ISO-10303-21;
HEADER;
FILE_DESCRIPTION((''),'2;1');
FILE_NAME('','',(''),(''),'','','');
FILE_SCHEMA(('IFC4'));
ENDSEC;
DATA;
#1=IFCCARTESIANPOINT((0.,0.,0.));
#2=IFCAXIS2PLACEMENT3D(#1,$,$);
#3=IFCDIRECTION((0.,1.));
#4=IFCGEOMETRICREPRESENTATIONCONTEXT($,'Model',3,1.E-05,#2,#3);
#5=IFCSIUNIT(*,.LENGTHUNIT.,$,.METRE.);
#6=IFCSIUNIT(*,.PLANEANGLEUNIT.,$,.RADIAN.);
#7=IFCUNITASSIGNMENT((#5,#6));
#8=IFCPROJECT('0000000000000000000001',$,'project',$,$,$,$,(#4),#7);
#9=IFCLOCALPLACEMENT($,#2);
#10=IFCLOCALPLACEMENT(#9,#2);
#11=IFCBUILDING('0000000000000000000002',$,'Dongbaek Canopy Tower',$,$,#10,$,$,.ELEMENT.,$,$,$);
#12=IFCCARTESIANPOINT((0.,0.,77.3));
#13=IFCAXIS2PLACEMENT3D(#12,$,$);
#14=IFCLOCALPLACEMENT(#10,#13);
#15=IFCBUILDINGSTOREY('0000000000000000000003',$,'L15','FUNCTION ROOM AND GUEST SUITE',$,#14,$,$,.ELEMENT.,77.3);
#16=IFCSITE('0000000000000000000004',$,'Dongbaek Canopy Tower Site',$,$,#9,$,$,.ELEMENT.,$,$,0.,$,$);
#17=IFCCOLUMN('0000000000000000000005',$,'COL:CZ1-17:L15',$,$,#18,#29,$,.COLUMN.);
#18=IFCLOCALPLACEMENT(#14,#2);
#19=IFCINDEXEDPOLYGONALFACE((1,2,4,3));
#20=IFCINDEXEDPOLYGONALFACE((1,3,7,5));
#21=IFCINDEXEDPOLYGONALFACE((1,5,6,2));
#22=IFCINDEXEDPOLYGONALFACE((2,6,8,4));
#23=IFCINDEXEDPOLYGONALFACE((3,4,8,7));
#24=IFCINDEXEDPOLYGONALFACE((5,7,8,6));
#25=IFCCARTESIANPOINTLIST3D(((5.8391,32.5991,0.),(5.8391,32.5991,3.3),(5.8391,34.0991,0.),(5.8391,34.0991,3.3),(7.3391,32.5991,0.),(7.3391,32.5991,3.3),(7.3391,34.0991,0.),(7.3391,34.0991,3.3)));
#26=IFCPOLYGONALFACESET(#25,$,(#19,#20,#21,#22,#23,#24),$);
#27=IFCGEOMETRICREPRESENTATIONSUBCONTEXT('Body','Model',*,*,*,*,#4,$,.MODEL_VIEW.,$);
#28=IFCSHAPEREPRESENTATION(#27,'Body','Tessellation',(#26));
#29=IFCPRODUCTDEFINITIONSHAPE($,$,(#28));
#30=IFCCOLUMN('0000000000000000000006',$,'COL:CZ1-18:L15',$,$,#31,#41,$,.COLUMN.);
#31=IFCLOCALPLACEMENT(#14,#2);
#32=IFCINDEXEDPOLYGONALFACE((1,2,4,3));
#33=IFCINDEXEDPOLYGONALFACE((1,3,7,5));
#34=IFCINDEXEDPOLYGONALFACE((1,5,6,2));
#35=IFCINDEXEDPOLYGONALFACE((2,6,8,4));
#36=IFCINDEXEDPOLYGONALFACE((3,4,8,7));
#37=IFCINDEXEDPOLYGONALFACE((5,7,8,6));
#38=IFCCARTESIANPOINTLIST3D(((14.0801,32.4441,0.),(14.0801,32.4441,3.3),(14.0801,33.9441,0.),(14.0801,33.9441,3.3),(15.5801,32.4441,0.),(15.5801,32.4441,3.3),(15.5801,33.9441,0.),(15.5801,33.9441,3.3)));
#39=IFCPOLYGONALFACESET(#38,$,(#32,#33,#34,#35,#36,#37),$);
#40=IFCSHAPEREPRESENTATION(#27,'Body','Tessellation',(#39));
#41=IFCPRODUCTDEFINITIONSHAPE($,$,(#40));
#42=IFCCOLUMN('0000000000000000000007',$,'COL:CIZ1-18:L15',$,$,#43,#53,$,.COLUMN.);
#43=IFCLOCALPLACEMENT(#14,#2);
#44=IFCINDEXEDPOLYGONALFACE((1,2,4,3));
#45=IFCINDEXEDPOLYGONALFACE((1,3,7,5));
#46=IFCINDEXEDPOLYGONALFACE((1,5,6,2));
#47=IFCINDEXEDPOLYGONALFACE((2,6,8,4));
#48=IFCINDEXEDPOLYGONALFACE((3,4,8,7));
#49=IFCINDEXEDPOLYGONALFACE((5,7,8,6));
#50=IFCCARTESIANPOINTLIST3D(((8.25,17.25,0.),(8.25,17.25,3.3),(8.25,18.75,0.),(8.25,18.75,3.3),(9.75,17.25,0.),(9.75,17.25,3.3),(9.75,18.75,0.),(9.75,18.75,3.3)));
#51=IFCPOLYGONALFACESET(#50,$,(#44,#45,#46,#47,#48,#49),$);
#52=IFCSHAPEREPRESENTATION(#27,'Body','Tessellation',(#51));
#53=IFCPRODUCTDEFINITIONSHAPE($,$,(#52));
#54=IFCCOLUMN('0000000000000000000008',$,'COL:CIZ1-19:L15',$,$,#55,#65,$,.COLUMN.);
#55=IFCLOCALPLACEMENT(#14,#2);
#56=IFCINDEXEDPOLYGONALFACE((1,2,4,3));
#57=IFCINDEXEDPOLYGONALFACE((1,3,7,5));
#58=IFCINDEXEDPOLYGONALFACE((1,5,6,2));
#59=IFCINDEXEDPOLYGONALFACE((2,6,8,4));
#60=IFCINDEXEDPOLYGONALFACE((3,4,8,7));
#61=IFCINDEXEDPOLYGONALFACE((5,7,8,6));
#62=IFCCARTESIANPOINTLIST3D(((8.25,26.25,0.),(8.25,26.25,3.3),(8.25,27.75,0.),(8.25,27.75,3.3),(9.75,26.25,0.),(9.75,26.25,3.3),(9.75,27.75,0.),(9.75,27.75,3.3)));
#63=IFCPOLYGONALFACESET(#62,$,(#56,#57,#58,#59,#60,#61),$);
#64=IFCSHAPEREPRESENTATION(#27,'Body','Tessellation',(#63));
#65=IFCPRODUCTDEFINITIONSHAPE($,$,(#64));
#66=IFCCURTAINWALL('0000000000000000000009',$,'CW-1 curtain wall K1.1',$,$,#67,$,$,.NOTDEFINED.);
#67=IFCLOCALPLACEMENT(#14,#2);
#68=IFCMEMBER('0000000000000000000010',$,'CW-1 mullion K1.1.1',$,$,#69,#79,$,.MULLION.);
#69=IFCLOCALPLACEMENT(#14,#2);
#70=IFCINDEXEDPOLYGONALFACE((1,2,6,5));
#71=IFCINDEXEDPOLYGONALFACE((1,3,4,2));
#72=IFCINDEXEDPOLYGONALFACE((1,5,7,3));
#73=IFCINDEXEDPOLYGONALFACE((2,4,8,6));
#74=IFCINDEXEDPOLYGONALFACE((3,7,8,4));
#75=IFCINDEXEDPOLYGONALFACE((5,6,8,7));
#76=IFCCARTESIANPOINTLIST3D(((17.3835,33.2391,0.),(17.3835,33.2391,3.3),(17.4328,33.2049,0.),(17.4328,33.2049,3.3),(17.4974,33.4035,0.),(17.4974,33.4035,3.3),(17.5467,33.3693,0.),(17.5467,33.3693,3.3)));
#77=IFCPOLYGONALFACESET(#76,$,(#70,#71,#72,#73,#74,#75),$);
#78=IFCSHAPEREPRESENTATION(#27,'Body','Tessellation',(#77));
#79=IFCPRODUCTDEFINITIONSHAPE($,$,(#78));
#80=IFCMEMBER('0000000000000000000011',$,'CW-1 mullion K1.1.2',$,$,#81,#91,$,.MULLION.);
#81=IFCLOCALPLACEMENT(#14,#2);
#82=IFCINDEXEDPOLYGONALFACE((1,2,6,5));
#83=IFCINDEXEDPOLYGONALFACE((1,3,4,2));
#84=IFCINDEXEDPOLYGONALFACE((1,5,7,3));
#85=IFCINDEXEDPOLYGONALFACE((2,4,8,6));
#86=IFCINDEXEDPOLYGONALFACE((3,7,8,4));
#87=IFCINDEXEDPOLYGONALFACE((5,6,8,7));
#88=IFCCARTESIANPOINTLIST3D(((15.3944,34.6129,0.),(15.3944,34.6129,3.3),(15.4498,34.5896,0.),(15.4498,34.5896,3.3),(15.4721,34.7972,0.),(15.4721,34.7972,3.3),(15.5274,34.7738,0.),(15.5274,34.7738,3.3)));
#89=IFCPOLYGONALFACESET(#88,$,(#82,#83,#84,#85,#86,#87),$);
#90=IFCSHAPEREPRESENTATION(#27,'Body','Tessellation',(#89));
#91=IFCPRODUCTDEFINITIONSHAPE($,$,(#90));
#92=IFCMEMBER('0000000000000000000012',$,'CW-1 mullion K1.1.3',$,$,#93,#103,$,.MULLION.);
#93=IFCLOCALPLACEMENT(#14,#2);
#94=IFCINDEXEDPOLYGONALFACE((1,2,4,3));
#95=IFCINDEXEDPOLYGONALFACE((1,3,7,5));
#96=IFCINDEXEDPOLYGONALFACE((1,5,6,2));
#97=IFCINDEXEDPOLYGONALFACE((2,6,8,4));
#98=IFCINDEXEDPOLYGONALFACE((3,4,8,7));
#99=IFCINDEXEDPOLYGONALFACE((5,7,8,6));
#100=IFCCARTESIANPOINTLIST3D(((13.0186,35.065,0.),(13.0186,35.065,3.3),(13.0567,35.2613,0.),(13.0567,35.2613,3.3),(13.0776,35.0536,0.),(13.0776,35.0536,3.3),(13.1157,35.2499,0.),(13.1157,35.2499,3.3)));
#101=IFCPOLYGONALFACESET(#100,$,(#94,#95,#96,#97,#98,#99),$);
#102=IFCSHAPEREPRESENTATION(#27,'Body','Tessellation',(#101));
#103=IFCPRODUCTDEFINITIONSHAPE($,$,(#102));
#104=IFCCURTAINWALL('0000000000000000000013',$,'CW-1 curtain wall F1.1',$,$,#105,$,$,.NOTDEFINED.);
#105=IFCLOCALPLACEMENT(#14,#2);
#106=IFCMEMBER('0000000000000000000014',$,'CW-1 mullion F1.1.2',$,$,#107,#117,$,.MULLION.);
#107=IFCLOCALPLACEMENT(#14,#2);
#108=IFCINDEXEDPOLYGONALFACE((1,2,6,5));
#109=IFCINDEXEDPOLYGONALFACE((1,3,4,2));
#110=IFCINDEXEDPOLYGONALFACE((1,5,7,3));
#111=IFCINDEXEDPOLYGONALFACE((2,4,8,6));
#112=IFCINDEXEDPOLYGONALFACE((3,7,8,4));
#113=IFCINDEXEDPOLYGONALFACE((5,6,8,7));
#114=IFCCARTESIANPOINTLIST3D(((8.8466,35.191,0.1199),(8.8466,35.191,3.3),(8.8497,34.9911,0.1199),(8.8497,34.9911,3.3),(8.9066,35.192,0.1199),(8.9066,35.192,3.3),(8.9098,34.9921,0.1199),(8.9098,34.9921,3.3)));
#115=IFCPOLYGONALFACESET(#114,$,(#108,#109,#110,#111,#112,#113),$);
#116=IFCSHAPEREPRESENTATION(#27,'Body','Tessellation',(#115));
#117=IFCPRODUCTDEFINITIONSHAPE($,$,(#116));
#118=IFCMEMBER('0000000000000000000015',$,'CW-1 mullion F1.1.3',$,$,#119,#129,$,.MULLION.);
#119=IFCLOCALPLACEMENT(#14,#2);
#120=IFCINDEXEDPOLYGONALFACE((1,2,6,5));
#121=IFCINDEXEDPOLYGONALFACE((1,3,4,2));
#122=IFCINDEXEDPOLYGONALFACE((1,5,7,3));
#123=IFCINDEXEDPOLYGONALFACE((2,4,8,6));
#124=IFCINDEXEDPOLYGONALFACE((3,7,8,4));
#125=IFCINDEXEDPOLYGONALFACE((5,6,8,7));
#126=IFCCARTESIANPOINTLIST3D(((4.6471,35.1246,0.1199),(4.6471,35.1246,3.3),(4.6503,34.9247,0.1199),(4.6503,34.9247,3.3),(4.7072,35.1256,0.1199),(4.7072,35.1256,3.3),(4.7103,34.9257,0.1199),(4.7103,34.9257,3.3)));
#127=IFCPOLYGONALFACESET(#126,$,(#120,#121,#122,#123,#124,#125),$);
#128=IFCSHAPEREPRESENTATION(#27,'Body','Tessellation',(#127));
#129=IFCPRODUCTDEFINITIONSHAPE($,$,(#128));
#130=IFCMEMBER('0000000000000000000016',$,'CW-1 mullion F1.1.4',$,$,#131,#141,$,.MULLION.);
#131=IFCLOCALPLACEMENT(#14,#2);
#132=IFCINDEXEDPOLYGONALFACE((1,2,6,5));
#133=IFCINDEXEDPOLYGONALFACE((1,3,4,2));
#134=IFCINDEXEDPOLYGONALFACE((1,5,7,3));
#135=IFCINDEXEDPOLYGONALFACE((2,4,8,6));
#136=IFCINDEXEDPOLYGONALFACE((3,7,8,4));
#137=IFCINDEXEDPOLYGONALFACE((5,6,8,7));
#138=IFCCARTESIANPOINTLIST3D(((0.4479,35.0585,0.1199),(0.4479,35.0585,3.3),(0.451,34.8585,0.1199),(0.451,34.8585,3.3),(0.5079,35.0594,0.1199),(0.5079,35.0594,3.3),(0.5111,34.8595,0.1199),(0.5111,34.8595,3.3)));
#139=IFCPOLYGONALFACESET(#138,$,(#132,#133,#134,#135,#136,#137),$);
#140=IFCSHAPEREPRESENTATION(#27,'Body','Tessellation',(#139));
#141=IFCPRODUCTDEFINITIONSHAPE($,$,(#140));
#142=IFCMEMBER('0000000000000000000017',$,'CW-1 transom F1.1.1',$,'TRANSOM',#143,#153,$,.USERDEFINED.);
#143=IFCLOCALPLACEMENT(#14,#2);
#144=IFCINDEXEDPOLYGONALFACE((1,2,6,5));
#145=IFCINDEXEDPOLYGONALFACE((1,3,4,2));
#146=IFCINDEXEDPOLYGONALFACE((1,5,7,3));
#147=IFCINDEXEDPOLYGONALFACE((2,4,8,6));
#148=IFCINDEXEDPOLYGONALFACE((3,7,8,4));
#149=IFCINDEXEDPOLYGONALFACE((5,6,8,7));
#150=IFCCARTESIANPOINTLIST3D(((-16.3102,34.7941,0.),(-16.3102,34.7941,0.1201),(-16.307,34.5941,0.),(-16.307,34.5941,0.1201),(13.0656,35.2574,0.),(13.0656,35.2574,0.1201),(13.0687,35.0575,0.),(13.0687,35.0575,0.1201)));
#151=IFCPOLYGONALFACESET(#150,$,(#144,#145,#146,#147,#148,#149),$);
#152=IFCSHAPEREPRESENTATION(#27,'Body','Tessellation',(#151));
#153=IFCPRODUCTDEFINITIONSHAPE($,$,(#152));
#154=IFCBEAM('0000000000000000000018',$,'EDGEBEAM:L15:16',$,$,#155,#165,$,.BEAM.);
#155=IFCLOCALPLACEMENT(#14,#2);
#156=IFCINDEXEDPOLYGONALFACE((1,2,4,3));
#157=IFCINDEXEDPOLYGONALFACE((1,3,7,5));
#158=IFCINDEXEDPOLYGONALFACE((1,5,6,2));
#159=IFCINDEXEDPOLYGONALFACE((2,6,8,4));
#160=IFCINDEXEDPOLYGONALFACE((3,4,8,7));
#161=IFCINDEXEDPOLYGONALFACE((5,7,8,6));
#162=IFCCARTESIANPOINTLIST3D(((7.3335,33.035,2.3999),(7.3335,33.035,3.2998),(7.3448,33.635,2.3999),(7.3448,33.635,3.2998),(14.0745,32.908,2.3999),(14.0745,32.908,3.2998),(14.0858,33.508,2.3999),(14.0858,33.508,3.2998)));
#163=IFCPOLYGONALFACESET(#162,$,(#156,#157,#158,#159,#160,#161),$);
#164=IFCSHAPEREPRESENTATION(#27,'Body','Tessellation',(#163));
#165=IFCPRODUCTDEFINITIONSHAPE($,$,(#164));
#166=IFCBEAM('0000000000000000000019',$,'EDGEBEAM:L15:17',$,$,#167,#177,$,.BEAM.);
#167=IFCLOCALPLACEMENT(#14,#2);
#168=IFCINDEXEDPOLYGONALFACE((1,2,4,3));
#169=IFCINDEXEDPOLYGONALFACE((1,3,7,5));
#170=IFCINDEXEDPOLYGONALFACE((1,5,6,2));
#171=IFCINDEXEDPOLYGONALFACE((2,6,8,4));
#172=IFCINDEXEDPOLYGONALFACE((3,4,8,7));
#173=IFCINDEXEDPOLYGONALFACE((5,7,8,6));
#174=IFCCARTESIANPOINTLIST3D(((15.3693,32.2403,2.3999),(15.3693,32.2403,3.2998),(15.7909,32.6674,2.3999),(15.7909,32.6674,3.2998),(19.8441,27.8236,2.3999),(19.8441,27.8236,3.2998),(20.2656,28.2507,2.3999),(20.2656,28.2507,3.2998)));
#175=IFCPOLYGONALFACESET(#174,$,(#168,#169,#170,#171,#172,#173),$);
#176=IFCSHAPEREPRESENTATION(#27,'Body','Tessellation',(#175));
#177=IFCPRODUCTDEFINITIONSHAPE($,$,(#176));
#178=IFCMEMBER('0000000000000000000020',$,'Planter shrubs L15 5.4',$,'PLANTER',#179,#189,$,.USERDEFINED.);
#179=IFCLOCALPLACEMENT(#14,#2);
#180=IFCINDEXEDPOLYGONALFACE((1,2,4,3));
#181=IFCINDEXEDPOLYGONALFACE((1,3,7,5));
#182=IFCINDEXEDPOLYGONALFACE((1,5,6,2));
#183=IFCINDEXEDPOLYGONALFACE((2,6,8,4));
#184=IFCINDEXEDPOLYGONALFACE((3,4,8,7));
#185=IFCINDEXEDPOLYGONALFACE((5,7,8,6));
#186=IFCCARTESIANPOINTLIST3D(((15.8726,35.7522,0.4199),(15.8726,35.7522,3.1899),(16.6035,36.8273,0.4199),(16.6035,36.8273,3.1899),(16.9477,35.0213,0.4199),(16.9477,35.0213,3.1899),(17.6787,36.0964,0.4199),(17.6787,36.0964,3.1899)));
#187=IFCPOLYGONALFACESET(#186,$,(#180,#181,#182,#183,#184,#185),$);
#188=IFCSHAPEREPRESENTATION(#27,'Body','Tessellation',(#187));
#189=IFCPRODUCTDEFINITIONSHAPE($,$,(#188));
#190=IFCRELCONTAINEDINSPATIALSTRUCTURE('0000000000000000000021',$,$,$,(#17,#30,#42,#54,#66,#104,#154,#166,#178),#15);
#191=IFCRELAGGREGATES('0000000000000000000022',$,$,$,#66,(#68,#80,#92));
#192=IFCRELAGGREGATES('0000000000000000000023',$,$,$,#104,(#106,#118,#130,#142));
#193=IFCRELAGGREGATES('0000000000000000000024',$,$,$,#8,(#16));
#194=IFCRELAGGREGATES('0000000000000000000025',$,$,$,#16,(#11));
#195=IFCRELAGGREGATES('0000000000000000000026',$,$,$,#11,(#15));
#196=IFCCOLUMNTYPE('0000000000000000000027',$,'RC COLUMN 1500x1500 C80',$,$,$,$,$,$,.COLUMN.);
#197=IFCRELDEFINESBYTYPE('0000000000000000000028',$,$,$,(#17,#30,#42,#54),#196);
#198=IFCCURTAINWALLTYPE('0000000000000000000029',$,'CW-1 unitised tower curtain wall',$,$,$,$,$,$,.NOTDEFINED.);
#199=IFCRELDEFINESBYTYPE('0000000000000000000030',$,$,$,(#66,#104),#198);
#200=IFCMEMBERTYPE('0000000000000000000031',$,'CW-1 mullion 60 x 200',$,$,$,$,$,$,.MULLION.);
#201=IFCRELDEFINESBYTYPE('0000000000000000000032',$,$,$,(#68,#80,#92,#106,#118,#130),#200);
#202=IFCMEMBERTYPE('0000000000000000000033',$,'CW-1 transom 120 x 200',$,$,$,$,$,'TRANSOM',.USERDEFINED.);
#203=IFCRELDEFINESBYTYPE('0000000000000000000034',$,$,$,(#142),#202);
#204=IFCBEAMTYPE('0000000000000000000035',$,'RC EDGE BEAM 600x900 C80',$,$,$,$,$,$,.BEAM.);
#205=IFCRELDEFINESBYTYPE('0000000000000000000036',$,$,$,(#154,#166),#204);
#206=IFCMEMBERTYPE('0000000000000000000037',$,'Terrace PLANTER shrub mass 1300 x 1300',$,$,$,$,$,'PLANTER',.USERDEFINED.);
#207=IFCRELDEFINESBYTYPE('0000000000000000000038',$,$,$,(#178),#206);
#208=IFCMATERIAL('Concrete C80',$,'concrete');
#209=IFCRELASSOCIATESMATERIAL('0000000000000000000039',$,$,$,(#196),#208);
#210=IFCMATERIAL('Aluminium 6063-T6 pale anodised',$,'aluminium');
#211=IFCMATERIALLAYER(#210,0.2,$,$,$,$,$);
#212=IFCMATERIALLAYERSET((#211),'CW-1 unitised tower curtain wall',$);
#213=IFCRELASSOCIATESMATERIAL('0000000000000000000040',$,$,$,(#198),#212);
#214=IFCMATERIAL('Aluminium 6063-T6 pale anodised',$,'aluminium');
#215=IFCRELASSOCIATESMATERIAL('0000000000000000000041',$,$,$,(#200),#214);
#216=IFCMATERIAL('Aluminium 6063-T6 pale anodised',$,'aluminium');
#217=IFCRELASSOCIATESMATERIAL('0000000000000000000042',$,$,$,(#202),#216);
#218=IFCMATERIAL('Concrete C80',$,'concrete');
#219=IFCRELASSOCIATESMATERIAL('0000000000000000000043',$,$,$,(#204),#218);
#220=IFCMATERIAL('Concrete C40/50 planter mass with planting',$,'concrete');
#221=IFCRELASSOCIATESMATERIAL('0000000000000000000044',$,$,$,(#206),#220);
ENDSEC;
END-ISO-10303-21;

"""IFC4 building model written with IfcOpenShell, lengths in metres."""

from ifc_helpers import new_model, si_unit, direction, frame, origin, origin_2d, place, context, subcontext, project, spatial, rectangle, extrude, material, layer, layer_set, material_profile, profile_set, type_object, element, aggregate, save


model = new_model("IFC4")

# Units and contexts
model_context = context("Model", 3, precision=1e-05, world=origin(), true_north=direction((0.0, 1.0)))
body_context = subcontext(model_context, "Body", "Model", "MODEL_VIEW")
ifc_project = project(units=[si_unit("LENGTHUNIT", "METRE"), si_unit("PLANEANGLEUNIT", "RADIAN")], contexts=[model_context])

# Site, building, storey
site_placement = place(None, origin())
site = spatial("IfcSite", under=ifc_project, at=site_placement, Name="Dongbaek Canopy Tower Site", CompositionType="ELEMENT", RefElevation=0.0)
building_placement = place(site_placement, origin())
building = spatial("IfcBuilding", under=site, at=building_placement, Name="Dongbaek Canopy Tower", CompositionType="ELEMENT")
storey_placement = place(building_placement, frame((0.0, 0.0, 77.3)))
storey = spatial("IfcBuildingStorey", under=building, at=storey_placement, Name="L15", Description="FUNCTION ROOM AND GUEST SUITE", CompositionType="ELEMENT", Elevation=77.3)

# Columns
ifc_material_1 = material(Name="Concrete C80", Category="concrete")
ifc_material_profile_1 = material_profile(ifc_material_1, rectangle(XDim=1.5, YDim=1.5, at=origin_2d()), Name="RC COLUMN 1500x1500 C80")
ifc_profile_set_1 = profile_set([ifc_material_profile_1], Name="Concrete C80")
column_type = type_object("IfcColumnType", Name="RC COLUMN 1500x1500 C80", PredefinedType="COLUMN", material=ifc_profile_set_1)
for number, where, z_axis, x_axis, name in (
    (1, (6.5891, 33.3491, 0.0), (0.0, 0.0, 1.0), (1.0, 0.0, 0.0), "COL:CZ1-17:L15"),
    (2, (14.8301, 33.1941, 0.0), (0.0, 0.0, 1.0), (1.0, 0.0, 0.0), "COL:CZ1-18:L15"),
    (3, (9.0, 18.0, 0.0), (0.0, 0.0, 1.0), (1.0, 0.0, 0.0), "COL:CIZ1-18:L15"),
    (4, (9.0, 27.0, 0.0), (0.0, 0.0, 1.0), (1.0, 0.0, 0.0), "COL:CIZ1-19:L15"),
):
    element("IfcColumn", number, at=place(storey_placement, frame(where, z_axis=z_axis, x_axis=x_axis)), inside=storey, type_object=column_type, Name=name, PredefinedType="COLUMN", context=body_context, shape_type="SweptSolid", body=[
        extrude(rectangle(XDim=1.5, YDim=1.5, at=origin_2d()), origin(), (0.0, 0.0, 1.0), 3.3),
    ])

# Curtain walls, members
ifc_material_2 = material(Name="Aluminium 6063-T6 pale anodised", Category="aluminium")
ifc_layer_1 = layer(ifc_material_2, 0.2)
ifc_layer_set_1 = layer_set([ifc_layer_1], Name="CW-1 unitised tower curtain wall")
curtain_wall_type = type_object("IfcCurtainWallType", Name="CW-1 unitised tower curtain wall", PredefinedType="NOTDEFINED", material=ifc_layer_set_1)
curtain_wall_1_placement = place(storey_placement, origin())
curtain_wall_1 = element("IfcCurtainWall", 5, at=curtain_wall_1_placement, inside=storey, type_object=curtain_wall_type, Name="CW-1 curtain wall K1.1", PredefinedType="NOTDEFINED")
ifc_material_3 = material(Name="Aluminium 6063-T6 pale anodised", Category="aluminium")
ifc_material_profile_2 = material_profile(ifc_material_3, rectangle(XDim=0.2, YDim=0.0601, at=origin_2d()), Name="CW-1 mullion 60 x 200")
ifc_profile_set_2 = profile_set([ifc_material_profile_2], Name="Aluminium 6063-T6 pale anodised")
member_type_1 = type_object("IfcMemberType", Name="CW-1 mullion 60 x 200", PredefinedType="MULLION", material=ifc_profile_set_2)
member_1_placement = place(storey_placement, frame((17.4651, 33.3042, 0.0), z_axis=(0.0, 0.0, 1.0), x_axis=(0.569694, 0.821857, 0.0)))
member_1 = element("IfcMember", 6, at=member_1_placement, type_object=member_type_1, Name="CW-1 mullion K1.1.1", PredefinedType="MULLION", context=body_context, shape_type="SweptSolid", body=[
    extrude(rectangle(XDim=0.2, YDim=0.0601, at=origin_2d()), origin(), (0.0, 0.0, 1.0), 3.3),
])
member_2_placement = place(storey_placement, frame((15.4609, 34.6934, 0.0), z_axis=(0.0, 0.0, 1.0), x_axis=(0.388341, 0.921516, 0.0)))
member_2 = element("IfcMember", 7, at=member_2_placement, type_object=member_type_1, Name="CW-1 mullion K1.1.2", PredefinedType="MULLION", context=body_context, shape_type="SweptSolid", body=[
    extrude(rectangle(XDim=0.2, YDim=0.0601, at=origin_2d()), origin(), (0.0, 0.0, 1.0), 3.3),
])
member_3_placement = place(storey_placement, frame((13.0671, 35.1575, 0.0), z_axis=(0.0, 0.0, 1.0), x_axis=(0.190359, 0.981715, 0.0)))
member_3 = element("IfcMember", 8, at=member_3_placement, type_object=member_type_1, Name="CW-1 mullion K1.1.3", PredefinedType="MULLION", context=body_context, shape_type="SweptSolid", body=[
    extrude(rectangle(XDim=0.2, YDim=0.0601, at=origin_2d()), origin(), (0.0, 0.0, 1.0), 3.3),
])
curtain_wall_2_placement = place(storey_placement, origin())
curtain_wall_2 = element("IfcCurtainWall", 9, at=curtain_wall_2_placement, inside=storey, type_object=curtain_wall_type, Name="CW-1 curtain wall F1.1", PredefinedType="NOTDEFINED")
member_4_placement = place(storey_placement, frame((8.8782, 35.0916, 0.1199), z_axis=(0.0, 0.0, 1.0), x_axis=(-0.015774, 0.999876, 0.0)))
member_4 = element("IfcMember", 10, at=member_4_placement, type_object=member_type_1, Name="CW-1 mullion F1.1.2", PredefinedType="MULLION", context=body_context, shape_type="SweptSolid", body=[
    extrude(rectangle(XDim=0.2, YDim=0.0601, at=origin_2d()), origin(), (0.0, 0.0, 1.0), 3.1802),
])
member_5_placement = place(storey_placement, frame((4.6787, 35.0251, 0.1199), z_axis=(0.0, 0.0, 1.0), x_axis=(-0.015774, 0.999876, 0.0)))
member_5 = element("IfcMember", 11, at=member_5_placement, type_object=member_type_1, Name="CW-1 mullion F1.1.3", PredefinedType="MULLION", context=body_context, shape_type="SweptSolid", body=[
    extrude(rectangle(XDim=0.2, YDim=0.0601, at=origin_2d()), origin(), (0.0, 0.0, 1.0), 3.1802),
])
member_6_placement = place(storey_placement, frame((0.4795, 34.959, 0.1199), z_axis=(0.0, 0.0, 1.0), x_axis=(-0.015774, 0.999876, 0.0)))
member_6 = element("IfcMember", 12, at=member_6_placement, type_object=member_type_1, Name="CW-1 mullion F1.1.4", PredefinedType="MULLION", context=body_context, shape_type="SweptSolid", body=[
    extrude(rectangle(XDim=0.2, YDim=0.0601, at=origin_2d()), origin(), (0.0, 0.0, 1.0), 3.1802),
])
ifc_material_4 = material(Name="Aluminium 6063-T6 pale anodised", Category="aluminium")
ifc_material_profile_3 = material_profile(ifc_material_4, rectangle(XDim=0.2, YDim=0.1201, at=origin_2d()), Name="CW-1 transom 120 x 200")
ifc_profile_set_3 = profile_set([ifc_material_profile_3], Name="Aluminium 6063-T6 pale anodised")
member_type_2 = type_object("IfcMemberType", Name="CW-1 transom 120 x 200", ElementType="TRANSOM", PredefinedType="USERDEFINED", material=ifc_profile_set_3)
member_7_placement = place(storey_placement, frame((13.0671, 35.1575, 0.0601), z_axis=(-0.999876, -0.015772, 0.0), x_axis=(0.015772, -0.999876, 0.0)))
member_7 = element("IfcMember", 13, at=member_7_placement, type_object=member_type_2, Name="CW-1 transom F1.1.1", ObjectType="TRANSOM", PredefinedType="USERDEFINED", context=body_context, shape_type="SweptSolid", body=[
    extrude(rectangle(XDim=0.2, YDim=0.1201, at=origin_2d()), origin(), (0.0, 0.0, 1.0), 29.3794),
])

# Beams
ifc_material_5 = material(Name="Concrete C80", Category="concrete")
ifc_material_profile_4 = material_profile(ifc_material_5, rectangle(XDim=0.6001, YDim=0.8999, at=origin_2d()), Name="RC EDGE BEAM 600x900 C80")
ifc_profile_set_4 = profile_set([ifc_material_profile_4], Name="Concrete C80")
beam_type = type_object("IfcBeamType", Name="RC EDGE BEAM 600x900 C80", PredefinedType="BEAM", material=ifc_profile_set_4)
beam_1_placement = place(storey_placement, frame((7.3391, 33.335, 2.8499), z_axis=(0.999823, -0.01883, 0.0), x_axis=(0.01883, 0.999823, 0.0)))
element("IfcBeam", 14, at=beam_1_placement, inside=storey, type_object=beam_type, Name="EDGEBEAM:L15:16", PredefinedType="BEAM", context=body_context, shape_type="SweptSolid", body=[
    extrude(rectangle(XDim=0.6001, YDim=0.8999, at=origin_2d()), origin(), (0.0, 0.0, 1.0), 6.7422),
])
beam_2_placement = place(storey_placement, frame((15.5801, 32.4539, 2.8499), z_axis=(0.711712, -0.702471, 0.0), x_axis=(0.702471, 0.711712, 0.0)))
element("IfcBeam", 15, at=beam_2_placement, inside=storey, type_object=beam_type, Name="EDGEBEAM:L15:17", PredefinedType="BEAM", context=body_context, shape_type="SweptSolid", body=[
    extrude(rectangle(XDim=0.6001, YDim=0.8999, at=origin_2d()), origin(), (0.0, 0.0, 1.0), 6.2874),
])

# Member
ifc_material_6 = material(Name="Concrete C40/50 planter mass with planting", Category="concrete")
ifc_material_profile_5 = material_profile(ifc_material_6, rectangle(XDim=1.3, YDim=1.3, at=origin_2d()), Name="Terrace PLANTER shrub mass 1300 x 1300")
ifc_profile_set_5 = profile_set([ifc_material_profile_5], Name="Concrete C40/50 planter mass with planting")
member_type_3 = type_object("IfcMemberType", Name="Terrace PLANTER shrub mass 1300 x 1300", ElementType="PLANTER", PredefinedType="USERDEFINED", material=ifc_profile_set_5)
member_8_placement = place(storey_placement, frame((16.7756, 35.9243, 0.4199), z_axis=(0.0, 0.0, 1.0), x_axis=(0.562225, 0.826984, 0.0)))
element("IfcMember", 16, at=member_8_placement, inside=storey, type_object=member_type_3, Name="Planter shrubs L15 5.4", ObjectType="PLANTER", PredefinedType="USERDEFINED", context=body_context, shape_type="SweptSolid", body=[
    extrude(rectangle(XDim=1.3, YDim=1.3, at=origin_2d()), origin(), (0.0, 0.0, 1.0), 2.77),
])

aggregate(curtain_wall_1, [member_1, member_2, member_3])

aggregate(curtain_wall_2, [member_4, member_5, member_6, member_7])

save(model, "model.ifc")
